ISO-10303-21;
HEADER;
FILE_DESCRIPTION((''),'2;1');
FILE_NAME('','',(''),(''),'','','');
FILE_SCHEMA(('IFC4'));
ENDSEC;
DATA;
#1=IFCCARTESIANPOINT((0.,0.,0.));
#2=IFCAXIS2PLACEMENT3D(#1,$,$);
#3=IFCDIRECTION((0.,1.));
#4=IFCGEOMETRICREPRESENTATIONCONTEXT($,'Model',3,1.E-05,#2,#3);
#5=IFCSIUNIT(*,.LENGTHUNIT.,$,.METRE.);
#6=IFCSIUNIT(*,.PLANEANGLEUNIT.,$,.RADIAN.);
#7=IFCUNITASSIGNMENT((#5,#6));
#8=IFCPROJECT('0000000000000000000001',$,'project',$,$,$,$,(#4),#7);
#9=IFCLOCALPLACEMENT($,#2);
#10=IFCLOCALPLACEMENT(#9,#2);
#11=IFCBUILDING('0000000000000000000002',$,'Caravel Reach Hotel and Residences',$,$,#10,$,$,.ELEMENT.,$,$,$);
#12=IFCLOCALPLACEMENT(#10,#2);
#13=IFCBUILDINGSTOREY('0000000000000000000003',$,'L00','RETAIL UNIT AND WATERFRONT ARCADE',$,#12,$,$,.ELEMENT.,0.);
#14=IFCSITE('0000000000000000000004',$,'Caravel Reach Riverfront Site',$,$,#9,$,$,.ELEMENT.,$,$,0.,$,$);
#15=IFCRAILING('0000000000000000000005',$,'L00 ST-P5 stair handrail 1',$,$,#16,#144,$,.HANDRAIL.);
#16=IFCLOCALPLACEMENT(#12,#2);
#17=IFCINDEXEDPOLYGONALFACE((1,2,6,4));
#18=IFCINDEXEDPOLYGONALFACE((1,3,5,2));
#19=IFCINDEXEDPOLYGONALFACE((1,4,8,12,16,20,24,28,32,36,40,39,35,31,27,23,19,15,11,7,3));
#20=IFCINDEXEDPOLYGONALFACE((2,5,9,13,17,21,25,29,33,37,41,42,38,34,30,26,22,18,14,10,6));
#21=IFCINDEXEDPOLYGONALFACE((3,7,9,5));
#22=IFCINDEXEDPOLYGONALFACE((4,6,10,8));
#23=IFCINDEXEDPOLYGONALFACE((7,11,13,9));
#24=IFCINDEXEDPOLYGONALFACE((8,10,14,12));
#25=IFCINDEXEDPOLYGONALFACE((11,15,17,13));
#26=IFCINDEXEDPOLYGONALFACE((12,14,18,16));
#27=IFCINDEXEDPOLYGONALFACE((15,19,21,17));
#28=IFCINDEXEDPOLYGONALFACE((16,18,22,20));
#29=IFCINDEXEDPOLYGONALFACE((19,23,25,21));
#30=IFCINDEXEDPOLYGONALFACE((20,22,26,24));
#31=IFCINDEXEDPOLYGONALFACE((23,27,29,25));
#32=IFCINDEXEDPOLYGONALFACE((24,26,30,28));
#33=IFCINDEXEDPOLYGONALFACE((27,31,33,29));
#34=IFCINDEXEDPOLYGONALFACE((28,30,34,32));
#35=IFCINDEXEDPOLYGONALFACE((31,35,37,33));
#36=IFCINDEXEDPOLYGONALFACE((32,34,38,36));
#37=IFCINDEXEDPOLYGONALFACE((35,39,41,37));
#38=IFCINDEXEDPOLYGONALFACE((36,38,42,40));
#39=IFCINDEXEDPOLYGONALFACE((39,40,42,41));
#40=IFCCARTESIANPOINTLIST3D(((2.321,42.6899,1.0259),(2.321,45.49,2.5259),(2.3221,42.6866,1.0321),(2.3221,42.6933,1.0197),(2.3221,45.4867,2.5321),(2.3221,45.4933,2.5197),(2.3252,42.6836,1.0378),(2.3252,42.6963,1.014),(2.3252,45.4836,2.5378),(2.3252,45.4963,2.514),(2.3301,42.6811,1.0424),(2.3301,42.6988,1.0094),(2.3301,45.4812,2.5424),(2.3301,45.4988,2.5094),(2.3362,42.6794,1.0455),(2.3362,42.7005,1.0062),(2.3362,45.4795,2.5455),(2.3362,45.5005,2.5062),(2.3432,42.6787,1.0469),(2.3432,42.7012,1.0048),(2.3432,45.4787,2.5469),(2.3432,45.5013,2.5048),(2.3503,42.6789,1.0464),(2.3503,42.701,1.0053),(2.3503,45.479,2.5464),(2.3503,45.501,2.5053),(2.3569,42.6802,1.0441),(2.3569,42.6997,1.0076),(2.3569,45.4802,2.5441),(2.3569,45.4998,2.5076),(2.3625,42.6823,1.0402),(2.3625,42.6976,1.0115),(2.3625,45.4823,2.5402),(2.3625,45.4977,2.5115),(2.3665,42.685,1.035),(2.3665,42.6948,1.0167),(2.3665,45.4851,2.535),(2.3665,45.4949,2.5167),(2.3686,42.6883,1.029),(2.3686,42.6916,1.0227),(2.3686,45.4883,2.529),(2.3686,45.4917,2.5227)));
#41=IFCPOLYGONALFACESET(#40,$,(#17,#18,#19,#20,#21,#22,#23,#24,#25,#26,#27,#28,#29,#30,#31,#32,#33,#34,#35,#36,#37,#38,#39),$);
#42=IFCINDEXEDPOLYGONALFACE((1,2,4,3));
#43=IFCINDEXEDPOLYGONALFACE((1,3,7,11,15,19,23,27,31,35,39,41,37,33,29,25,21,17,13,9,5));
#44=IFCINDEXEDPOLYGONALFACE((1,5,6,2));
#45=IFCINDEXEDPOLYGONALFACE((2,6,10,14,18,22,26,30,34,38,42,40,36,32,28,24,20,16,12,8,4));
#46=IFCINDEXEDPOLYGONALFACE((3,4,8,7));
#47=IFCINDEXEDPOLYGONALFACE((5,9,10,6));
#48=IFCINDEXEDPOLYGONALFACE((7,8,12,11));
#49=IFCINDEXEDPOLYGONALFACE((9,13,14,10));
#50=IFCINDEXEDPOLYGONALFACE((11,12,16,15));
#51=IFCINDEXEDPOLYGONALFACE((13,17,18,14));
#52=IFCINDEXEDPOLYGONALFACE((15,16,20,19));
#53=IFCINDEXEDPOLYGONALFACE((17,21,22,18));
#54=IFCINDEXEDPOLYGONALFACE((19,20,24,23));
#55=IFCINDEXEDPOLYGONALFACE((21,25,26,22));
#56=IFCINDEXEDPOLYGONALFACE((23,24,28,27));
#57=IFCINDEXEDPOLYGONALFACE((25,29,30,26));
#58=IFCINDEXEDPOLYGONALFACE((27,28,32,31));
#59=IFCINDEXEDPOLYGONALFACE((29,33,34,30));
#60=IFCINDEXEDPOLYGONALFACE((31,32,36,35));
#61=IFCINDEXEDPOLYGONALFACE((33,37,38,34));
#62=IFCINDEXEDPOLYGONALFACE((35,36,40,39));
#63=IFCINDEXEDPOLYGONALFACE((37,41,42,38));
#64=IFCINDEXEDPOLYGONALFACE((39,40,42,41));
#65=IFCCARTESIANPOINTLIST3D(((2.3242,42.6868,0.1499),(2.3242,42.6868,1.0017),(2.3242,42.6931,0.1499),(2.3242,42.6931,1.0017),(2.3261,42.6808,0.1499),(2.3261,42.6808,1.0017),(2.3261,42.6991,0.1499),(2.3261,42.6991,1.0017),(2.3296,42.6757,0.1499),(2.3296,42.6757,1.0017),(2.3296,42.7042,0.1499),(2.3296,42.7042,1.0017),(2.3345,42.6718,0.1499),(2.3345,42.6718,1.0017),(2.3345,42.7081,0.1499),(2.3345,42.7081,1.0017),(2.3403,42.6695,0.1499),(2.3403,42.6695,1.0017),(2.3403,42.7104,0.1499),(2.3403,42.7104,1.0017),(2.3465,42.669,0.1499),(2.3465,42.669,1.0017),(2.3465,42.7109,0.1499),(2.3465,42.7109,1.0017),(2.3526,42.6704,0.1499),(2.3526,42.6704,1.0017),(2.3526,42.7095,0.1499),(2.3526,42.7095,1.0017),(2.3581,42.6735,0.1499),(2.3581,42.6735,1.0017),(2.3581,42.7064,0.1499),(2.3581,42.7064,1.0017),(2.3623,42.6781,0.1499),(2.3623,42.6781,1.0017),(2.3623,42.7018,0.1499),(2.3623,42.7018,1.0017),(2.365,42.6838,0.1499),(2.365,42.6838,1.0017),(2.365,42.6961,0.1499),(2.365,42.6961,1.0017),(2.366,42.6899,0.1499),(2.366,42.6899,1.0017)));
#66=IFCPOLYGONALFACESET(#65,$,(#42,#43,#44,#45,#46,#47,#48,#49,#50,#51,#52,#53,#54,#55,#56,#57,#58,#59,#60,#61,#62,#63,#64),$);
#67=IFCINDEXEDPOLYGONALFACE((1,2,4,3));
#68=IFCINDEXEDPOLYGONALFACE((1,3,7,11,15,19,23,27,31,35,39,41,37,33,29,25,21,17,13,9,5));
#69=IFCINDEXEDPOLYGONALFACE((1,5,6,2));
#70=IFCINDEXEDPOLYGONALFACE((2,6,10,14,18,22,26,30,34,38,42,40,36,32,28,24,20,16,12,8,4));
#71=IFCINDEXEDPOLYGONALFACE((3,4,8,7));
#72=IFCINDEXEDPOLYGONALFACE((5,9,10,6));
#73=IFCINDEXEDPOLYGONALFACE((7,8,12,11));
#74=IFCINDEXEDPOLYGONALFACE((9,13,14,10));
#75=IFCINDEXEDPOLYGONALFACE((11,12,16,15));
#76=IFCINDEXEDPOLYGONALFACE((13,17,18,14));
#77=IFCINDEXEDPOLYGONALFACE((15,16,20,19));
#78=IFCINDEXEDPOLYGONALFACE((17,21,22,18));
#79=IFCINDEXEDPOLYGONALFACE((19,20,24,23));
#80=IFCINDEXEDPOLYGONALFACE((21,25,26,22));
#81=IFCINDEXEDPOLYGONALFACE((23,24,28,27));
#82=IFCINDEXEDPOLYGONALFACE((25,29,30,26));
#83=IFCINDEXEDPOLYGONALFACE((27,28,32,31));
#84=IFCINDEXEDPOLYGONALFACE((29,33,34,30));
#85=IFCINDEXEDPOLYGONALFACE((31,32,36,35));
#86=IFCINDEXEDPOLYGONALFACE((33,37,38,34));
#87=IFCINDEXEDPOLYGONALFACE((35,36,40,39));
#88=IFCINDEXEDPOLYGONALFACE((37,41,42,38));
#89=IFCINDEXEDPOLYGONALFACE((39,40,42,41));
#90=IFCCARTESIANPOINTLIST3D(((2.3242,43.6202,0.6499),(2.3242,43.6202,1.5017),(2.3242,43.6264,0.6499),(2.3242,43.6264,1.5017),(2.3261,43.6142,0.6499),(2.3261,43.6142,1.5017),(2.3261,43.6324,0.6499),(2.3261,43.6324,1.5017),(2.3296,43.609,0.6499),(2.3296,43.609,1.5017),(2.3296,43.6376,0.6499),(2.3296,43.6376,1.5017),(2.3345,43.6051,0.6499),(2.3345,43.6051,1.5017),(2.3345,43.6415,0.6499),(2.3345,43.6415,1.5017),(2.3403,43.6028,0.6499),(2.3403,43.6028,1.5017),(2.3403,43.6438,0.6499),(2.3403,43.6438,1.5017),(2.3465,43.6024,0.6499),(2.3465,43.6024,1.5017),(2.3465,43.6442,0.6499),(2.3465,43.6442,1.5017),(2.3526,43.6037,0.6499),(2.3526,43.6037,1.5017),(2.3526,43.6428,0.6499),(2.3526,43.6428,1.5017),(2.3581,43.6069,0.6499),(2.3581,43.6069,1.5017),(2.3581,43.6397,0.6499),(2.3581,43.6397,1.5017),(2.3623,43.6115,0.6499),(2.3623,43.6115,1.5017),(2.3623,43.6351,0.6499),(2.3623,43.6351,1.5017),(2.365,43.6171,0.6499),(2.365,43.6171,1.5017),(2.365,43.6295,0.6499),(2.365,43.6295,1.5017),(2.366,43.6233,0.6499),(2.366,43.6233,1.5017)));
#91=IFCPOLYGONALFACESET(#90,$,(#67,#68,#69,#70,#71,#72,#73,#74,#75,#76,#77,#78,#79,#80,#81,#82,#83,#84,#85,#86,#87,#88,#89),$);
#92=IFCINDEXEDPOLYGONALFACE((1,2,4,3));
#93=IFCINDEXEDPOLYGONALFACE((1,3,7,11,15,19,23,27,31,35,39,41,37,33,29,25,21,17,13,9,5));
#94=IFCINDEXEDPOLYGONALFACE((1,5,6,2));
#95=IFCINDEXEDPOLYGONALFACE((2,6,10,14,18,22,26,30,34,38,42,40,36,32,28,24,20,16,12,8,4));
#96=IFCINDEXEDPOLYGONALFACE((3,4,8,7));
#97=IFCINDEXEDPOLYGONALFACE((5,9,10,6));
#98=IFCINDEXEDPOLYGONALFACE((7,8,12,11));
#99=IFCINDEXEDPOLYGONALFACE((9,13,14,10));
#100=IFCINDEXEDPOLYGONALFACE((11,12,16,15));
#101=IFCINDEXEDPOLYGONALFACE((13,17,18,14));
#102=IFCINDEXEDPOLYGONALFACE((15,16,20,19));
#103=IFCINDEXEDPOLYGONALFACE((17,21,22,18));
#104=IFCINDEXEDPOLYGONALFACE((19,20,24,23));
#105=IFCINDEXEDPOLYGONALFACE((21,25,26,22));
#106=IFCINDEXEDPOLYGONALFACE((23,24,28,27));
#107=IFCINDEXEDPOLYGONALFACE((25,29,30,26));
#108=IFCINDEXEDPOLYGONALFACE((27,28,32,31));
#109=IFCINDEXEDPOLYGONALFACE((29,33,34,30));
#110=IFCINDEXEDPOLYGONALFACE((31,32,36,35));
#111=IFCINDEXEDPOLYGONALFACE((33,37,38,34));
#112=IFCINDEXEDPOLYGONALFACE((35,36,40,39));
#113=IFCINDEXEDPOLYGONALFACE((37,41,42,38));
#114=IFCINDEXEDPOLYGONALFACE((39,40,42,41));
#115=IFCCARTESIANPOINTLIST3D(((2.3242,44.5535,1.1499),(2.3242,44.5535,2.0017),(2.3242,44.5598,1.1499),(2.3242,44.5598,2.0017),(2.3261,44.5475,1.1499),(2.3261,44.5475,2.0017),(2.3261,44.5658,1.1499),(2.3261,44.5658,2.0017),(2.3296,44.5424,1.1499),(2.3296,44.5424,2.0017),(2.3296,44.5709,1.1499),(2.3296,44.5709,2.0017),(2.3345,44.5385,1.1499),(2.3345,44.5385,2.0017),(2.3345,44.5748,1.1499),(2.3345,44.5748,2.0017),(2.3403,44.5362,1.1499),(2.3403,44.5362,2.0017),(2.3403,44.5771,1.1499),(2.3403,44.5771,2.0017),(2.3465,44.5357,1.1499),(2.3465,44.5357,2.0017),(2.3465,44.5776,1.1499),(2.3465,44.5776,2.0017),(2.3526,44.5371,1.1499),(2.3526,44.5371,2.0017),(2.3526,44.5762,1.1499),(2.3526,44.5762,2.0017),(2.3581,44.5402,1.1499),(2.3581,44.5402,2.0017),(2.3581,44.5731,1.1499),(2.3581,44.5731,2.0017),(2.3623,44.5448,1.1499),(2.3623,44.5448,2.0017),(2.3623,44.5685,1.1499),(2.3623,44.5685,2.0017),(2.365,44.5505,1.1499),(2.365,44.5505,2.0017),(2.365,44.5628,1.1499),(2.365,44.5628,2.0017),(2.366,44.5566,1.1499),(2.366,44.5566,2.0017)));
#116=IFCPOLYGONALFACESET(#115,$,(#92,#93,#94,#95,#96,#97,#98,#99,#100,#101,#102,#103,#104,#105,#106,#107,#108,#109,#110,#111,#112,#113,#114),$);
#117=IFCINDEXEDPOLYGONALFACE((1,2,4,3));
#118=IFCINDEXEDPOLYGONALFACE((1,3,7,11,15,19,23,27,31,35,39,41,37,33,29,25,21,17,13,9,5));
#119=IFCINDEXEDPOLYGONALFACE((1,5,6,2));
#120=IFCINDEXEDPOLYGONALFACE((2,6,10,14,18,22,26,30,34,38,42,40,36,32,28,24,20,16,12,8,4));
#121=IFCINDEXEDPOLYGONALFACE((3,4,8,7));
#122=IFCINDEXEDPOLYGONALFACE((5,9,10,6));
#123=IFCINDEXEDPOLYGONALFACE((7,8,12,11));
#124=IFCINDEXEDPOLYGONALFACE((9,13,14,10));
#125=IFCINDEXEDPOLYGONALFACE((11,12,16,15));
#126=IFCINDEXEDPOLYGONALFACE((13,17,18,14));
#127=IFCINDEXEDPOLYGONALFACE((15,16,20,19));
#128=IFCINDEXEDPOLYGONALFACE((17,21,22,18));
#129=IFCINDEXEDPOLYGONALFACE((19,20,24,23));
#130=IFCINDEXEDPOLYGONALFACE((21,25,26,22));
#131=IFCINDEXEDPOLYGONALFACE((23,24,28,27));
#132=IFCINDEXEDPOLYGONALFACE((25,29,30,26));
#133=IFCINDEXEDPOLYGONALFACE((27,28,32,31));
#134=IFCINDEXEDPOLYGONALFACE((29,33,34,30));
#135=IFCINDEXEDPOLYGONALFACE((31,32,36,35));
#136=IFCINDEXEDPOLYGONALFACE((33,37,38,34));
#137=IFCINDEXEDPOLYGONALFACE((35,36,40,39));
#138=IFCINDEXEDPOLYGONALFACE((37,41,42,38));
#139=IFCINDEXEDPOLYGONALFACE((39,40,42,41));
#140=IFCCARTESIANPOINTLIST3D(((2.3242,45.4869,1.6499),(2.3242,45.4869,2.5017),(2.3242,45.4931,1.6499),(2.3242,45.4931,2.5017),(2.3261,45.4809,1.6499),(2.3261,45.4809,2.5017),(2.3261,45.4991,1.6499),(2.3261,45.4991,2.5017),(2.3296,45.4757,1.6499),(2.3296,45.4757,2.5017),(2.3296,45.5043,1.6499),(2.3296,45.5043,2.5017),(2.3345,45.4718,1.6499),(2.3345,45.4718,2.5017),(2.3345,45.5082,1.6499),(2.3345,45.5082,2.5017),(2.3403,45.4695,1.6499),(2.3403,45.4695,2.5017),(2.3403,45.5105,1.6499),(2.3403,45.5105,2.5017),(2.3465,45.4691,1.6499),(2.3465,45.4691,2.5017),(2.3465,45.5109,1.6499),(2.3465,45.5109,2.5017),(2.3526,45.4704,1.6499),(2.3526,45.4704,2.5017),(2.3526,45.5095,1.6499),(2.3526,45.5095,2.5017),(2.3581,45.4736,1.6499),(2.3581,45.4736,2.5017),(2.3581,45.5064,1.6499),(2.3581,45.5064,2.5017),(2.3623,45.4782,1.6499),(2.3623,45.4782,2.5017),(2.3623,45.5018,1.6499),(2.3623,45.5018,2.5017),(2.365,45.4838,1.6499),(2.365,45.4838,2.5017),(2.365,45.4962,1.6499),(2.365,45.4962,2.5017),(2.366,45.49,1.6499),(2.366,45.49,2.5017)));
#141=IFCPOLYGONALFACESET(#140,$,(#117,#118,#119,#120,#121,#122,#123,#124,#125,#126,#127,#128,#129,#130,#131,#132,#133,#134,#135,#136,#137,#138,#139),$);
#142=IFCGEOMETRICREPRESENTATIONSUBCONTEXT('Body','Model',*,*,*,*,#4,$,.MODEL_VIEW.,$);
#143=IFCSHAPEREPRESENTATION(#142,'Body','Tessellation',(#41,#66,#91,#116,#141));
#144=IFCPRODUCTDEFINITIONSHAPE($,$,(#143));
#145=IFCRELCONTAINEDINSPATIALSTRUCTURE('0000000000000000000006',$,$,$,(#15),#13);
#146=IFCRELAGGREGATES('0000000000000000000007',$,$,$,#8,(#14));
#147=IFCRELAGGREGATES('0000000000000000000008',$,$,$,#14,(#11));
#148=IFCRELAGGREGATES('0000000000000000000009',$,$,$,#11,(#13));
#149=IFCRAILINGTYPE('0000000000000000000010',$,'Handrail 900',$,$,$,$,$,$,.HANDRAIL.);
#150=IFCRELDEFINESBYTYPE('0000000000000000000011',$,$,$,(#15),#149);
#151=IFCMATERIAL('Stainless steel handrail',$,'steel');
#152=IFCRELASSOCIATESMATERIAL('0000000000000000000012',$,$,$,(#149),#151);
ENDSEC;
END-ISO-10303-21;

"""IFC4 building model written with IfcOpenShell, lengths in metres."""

from ifc_helpers import new_model, si_unit, direction, frame, origin, origin_2d, place, context, subcontext, project, spatial, circle, extrude, material, type_object, element, save


model = new_model("IFC4")

# Units and contexts
model_context = context("Model", 3, precision=1e-05, world=origin(), true_north=direction((0.0, 1.0)))
body_context = subcontext(model_context, "Body", "Model", "MODEL_VIEW")
ifc_project = project(units=[si_unit("LENGTHUNIT", "METRE"), si_unit("PLANEANGLEUNIT", "RADIAN")], contexts=[model_context])

# Site, building, storey
site_placement = place(None, origin())
site = spatial("IfcSite", under=ifc_project, at=site_placement, Name="Caravel Reach Riverfront Site", CompositionType="ELEMENT", RefElevation=0.0)
building_placement = place(site_placement, origin())
building = spatial("IfcBuilding", under=site, at=building_placement, Name="Caravel Reach Hotel and Residences", CompositionType="ELEMENT")
storey_placement = place(building_placement, origin())
storey = spatial("IfcBuildingStorey", under=building, at=storey_placement, Name="L00", Description="RETAIL UNIT AND WATERFRONT ARCADE", CompositionType="ELEMENT", Elevation=0.0)

# Railing
ifc_material_1 = material(Name="Stainless steel handrail", Category="steel")
railing_type_1 = type_object("IfcRailingType", Name="Handrail 900", PredefinedType="HANDRAIL", material=ifc_material_1)
for number, where, name in (
    (1, (2.345, 42.6899, 0.1499), "L00 ST-P5 stair handrail 1"),
):
    element("IfcRailing", number, at=place(storey_placement, frame(where)), inside=storey, type_object=railing_type_1, Name=name, PredefinedType="HANDRAIL", context=body_context, shape_type="SweptSolid", body=[
        extrude(circle(Radius=0.0239, at=origin_2d()), frame((0.0, 0.0, 0.876), z_axis=(0.0, 0.881483, 0.472215), x_axis=(-1.0, 0.0, 0.0)), (0.0, 0.0, 1.0), 3.1765),
        extrude(circle(Radius=0.021, at=origin_2d()), origin(), (0.0, 0.0, 1.0), 0.8518),
        extrude(circle(Radius=0.021, at=origin_2d()), frame((0.0, 0.9333, 0.5)), (0.0, 0.0, 1.0), 0.8518),
        extrude(circle(Radius=0.021, at=origin_2d()), frame((0.0, 1.8667, 1.0)), (0.0, 0.0, 1.0), 0.8518),
        extrude(circle(Radius=0.021, at=origin_2d()), frame((0.0, 2.8, 1.5)), (0.0, 0.0, 1.0), 0.8518),
    ])

save(model, "model.ifc")
